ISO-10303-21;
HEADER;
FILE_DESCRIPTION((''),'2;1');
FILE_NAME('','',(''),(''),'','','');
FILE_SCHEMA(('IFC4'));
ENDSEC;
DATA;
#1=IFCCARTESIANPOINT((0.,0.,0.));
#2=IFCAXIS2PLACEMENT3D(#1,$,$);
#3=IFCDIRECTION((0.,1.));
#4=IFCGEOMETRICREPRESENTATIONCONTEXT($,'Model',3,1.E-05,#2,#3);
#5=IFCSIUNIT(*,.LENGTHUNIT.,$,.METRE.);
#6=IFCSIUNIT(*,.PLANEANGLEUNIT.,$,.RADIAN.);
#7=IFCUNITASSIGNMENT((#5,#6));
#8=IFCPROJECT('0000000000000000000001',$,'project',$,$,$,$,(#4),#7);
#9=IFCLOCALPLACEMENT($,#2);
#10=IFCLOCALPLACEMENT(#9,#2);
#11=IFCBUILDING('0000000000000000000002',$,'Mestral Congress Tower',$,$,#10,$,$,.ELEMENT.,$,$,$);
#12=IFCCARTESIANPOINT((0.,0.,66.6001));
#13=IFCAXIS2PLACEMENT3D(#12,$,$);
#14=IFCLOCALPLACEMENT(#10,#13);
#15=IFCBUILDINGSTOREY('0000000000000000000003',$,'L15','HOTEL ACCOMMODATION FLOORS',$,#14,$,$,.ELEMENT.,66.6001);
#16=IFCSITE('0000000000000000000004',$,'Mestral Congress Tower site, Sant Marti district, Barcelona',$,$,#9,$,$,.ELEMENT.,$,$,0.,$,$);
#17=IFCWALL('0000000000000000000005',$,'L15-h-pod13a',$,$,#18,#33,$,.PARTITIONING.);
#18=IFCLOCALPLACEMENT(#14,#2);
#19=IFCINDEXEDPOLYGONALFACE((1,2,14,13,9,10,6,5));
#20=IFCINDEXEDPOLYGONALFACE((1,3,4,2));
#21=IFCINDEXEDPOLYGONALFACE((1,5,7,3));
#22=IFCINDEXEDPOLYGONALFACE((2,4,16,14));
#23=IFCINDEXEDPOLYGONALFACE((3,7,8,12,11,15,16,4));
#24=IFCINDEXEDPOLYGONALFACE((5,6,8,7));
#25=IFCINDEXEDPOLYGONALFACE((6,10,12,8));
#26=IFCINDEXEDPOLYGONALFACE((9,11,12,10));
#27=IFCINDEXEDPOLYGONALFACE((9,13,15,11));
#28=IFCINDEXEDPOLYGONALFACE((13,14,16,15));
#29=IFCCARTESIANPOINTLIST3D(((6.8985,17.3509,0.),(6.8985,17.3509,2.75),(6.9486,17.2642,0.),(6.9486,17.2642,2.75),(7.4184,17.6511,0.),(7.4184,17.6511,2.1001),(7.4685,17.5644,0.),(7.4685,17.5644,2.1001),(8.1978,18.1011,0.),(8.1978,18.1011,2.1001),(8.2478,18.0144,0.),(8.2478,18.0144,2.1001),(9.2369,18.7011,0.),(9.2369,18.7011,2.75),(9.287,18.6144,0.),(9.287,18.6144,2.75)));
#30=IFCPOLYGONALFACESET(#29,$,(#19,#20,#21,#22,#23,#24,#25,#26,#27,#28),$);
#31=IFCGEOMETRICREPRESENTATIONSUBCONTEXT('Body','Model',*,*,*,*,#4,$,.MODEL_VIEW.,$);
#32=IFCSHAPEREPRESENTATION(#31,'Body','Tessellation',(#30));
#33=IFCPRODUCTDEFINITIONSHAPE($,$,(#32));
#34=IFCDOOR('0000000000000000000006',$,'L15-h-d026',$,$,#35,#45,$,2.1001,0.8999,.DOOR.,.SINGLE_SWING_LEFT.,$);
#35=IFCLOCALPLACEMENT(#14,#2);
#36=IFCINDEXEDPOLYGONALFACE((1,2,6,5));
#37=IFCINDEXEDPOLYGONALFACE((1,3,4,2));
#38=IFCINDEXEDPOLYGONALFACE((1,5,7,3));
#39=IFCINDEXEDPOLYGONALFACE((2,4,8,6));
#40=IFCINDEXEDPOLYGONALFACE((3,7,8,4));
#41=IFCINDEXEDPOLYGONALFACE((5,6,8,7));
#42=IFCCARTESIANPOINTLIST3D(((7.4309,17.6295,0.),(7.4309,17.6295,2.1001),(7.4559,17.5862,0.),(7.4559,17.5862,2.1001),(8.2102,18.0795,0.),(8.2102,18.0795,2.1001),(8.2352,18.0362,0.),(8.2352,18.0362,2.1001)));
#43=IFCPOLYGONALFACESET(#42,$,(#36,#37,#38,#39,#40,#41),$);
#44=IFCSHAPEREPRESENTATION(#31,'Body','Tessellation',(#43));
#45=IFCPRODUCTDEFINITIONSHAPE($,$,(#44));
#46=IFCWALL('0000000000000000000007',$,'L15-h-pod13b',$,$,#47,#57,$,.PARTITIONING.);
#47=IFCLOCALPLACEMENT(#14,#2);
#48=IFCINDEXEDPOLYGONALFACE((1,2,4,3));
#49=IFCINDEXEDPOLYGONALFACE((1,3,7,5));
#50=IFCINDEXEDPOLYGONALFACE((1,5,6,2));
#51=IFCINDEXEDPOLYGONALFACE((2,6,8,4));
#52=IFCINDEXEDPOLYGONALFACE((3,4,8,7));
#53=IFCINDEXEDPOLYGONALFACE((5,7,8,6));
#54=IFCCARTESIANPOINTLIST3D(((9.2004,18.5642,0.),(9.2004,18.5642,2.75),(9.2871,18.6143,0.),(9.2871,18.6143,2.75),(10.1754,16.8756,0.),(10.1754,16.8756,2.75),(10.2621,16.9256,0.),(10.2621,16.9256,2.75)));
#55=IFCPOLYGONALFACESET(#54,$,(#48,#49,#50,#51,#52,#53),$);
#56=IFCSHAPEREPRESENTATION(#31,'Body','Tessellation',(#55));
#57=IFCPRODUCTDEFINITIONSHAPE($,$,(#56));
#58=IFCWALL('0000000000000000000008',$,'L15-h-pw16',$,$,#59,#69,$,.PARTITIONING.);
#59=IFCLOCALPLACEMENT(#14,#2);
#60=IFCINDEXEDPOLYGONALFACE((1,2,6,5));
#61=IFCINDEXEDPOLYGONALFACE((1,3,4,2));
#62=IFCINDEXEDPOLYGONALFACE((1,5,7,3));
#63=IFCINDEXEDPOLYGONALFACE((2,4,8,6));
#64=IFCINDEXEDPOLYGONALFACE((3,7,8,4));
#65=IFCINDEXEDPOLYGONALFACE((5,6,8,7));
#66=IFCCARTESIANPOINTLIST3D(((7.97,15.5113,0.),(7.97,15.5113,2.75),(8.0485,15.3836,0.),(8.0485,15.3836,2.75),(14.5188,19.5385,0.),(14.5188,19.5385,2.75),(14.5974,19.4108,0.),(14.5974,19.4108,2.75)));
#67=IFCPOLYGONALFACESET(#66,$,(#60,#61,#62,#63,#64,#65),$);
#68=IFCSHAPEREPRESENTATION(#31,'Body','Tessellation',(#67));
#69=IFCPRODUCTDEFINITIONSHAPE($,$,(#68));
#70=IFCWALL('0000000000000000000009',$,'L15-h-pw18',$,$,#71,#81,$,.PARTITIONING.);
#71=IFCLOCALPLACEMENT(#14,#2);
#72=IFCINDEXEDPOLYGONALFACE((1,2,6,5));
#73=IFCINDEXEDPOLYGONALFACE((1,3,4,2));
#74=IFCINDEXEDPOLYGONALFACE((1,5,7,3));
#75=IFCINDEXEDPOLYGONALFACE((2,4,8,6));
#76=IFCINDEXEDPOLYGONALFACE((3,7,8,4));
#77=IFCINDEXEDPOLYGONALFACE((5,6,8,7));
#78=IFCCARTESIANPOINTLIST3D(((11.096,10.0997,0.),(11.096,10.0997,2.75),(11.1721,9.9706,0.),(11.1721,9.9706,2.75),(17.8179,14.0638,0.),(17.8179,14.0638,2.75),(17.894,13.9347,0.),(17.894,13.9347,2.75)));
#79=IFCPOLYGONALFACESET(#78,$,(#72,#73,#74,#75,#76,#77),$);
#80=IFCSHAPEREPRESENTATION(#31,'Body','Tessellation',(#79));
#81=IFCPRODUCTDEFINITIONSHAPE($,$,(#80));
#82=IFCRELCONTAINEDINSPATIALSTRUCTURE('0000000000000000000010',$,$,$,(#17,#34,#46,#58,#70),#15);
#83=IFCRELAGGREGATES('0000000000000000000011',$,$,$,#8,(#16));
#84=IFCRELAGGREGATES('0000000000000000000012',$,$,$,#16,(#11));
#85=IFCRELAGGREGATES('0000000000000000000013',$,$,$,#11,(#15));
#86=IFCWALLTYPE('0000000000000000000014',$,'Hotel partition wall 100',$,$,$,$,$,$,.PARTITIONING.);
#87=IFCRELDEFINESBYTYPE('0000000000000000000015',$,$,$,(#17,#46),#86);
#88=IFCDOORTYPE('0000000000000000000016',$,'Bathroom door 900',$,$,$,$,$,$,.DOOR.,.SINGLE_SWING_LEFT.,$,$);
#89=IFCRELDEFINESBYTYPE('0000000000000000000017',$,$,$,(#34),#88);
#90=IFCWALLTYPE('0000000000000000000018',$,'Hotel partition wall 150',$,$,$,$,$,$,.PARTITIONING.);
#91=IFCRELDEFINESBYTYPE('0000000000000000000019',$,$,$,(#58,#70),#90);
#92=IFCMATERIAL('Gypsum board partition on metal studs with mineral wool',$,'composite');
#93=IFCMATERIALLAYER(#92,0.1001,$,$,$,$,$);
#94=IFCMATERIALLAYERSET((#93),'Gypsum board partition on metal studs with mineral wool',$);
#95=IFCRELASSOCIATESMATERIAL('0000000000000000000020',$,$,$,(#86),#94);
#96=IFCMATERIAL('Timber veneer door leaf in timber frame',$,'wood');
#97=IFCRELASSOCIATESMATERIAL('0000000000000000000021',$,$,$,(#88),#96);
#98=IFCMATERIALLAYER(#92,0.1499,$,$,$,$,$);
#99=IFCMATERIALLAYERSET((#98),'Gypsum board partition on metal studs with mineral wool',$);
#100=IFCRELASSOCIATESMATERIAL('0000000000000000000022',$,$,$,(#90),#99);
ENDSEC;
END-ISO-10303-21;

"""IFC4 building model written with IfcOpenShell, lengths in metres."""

from ifc_helpers import new_model, si_unit, direction, frame, frame_2d, origin, place, context, subcontext, project, spatial, rectangle, extrude, material, layer, layer_set, type_object, element, fill, save


model = new_model("IFC4")

# Units and contexts
model_context = context("Model", 3, precision=1e-05, world=origin(), true_north=direction((0.0, 1.0)))
body_context = subcontext(model_context, "Body", "Model", "MODEL_VIEW")
ifc_project = project(units=[si_unit("LENGTHUNIT", "METRE"), si_unit("PLANEANGLEUNIT", "RADIAN")], contexts=[model_context])

# Site, building, storey
site_placement = place(None, origin())
site = spatial("IfcSite", under=ifc_project, at=site_placement, Name="Mestral Congress Tower site, Sant Marti district, Barcelona", CompositionType="ELEMENT", RefElevation=0.0)
building_placement = place(site_placement, origin())
building = spatial("IfcBuilding", under=site, at=building_placement, Name="Mestral Congress Tower", CompositionType="ELEMENT")
storey_placement = place(building_placement, frame((0.0, 0.0, 66.6001)))
storey = spatial("IfcBuildingStorey", under=building, at=storey_placement, Name="L15", Description="HOTEL ACCOMMODATION FLOORS", CompositionType="ELEMENT", Elevation=66.6001)

# Shared definitions
ifc_material_1 = material(Name="Gypsum board partition on metal studs with mineral wool", Category="composite")
ifc_layer_1 = layer(ifc_material_1, 0.1001)
ifc_layer_set_1 = layer_set([ifc_layer_1], Name="Gypsum board partition on metal studs with mineral wool")
wall_type_1 = type_object("IfcWallType", Name="Hotel partition wall 100", PredefinedType="PARTITIONING", material=ifc_layer_set_1)

# Wall, opening, door
wall_1_placement = place(storey_placement, frame((9.262, 18.6577, 0.0), z_axis=(0.0, 0.0, 1.0), x_axis=(-0.86602, -0.500009, 0.0)))
wall_1 = element("IfcWall", 1, at=wall_1_placement, inside=storey, type_object=wall_type_1, Name="L15-h-pod13a", PredefinedType="PARTITIONING", context=body_context, shape_type="SweptSolid", body=[
    extrude(rectangle(XDim=2.7002, YDim=0.1001, at=frame_2d((1.3501, 0.0))), origin(), (0.0, 0.0, 1.0), 2.75),
])
opening_1_placement = place(wall_1_placement, frame((1.2, 0.0, 0.0)))
opening_1 = element("IfcOpeningElement", 2, at=opening_1_placement, cuts=wall_1, PredefinedType="OPENING", context=body_context, shape_type="SweptSolid", body=[
    extrude(rectangle(XDim=0.8999, YDim=2.1001, at=frame_2d((0.45, 1.05))), frame((0.0, 0.0601, 0.0), z_axis=(0.0, -1.0, 0.0), x_axis=(1.0, 0.0, 0.0)), (0.0, 0.0, 1.0), 0.1201),
])
ifc_material_2 = material(Name="Timber veneer door leaf in timber frame", Category="wood")
door_type = type_object("IfcDoorType", Name="Bathroom door 900", OperationType="SINGLE_SWING_LEFT", PredefinedType="DOOR", material=ifc_material_2)
door_placement = place(opening_1_placement, origin())
door = element("IfcDoor", 3, at=door_placement, inside=storey, type_object=door_type, Name="L15-h-d026", OperationType="SINGLE_SWING_LEFT", OverallHeight=2.1001, OverallWidth=0.8999, PredefinedType="DOOR", context=body_context, shape_type="SweptSolid", body=[
    extrude(rectangle(XDim=0.8999, YDim=2.1001, at=frame_2d((0.45, 1.05))), frame((0.0, 0.0249, 0.0), z_axis=(0.0, -1.0, 0.0), x_axis=(1.0, 0.0, 0.0)), (0.0, 0.0, 1.0), 0.05),
])
fill(opening_1, door)

# Walls
wall_2_placement = place(storey_placement, frame((9.2437, 18.5894, 0.0), z_axis=(0.0, 0.0, 1.0), x_axis=(0.500044, -0.866, 0.0)))
element("IfcWall", 4, at=wall_2_placement, inside=storey, type_object=wall_type_1, Name="L15-h-pod13b", PredefinedType="PARTITIONING", context=body_context, shape_type="SweptSolid", body=[
    extrude(rectangle(XDim=1.95, YDim=0.1001, at=frame_2d((0.9751, 0.0))), origin(), (0.0, 0.0, 1.0), 2.75),
])
ifc_layer_2 = layer(ifc_material_1, 0.1499)
ifc_layer_set_2 = layer_set([ifc_layer_2], Name="Gypsum board partition on metal studs with mineral wool")
wall_type_2 = type_object("IfcWallType", Name="Hotel partition wall 150", PredefinedType="PARTITIONING", material=ifc_layer_set_2)
wall_3_placement = place(storey_placement, frame((14.5581, 19.4746, 0.0), z_axis=(0.0, 0.0, 1.0), x_axis=(-0.851829, -0.523819, 0.0)))
element("IfcWall", 5, at=wall_3_placement, inside=storey, type_object=wall_type_2, Name="L15-h-pw16", PredefinedType="PARTITIONING", context=body_context, shape_type="SweptSolid", body=[
    extrude(rectangle(XDim=7.688, YDim=0.1499, at=frame_2d((3.844, 0.0))), origin(), (0.0, 0.0, 1.0), 2.75),
])
wall_4_placement = place(storey_placement, frame((17.856, 13.9993, 0.0), z_axis=(0.0, 0.0, 1.0), x_axis=(-0.861372, -0.507975, 0.0)))
element("IfcWall", 6, at=wall_4_placement, inside=storey, type_object=wall_type_2, Name="L15-h-pw18", PredefinedType="PARTITIONING", context=body_context, shape_type="SweptSolid", body=[
    extrude(rectangle(XDim=7.8037, YDim=0.1499, at=frame_2d((3.9019, 0.0))), origin(), (0.0, 0.0, 1.0), 2.75),
])

save(model, "model.ifc")
